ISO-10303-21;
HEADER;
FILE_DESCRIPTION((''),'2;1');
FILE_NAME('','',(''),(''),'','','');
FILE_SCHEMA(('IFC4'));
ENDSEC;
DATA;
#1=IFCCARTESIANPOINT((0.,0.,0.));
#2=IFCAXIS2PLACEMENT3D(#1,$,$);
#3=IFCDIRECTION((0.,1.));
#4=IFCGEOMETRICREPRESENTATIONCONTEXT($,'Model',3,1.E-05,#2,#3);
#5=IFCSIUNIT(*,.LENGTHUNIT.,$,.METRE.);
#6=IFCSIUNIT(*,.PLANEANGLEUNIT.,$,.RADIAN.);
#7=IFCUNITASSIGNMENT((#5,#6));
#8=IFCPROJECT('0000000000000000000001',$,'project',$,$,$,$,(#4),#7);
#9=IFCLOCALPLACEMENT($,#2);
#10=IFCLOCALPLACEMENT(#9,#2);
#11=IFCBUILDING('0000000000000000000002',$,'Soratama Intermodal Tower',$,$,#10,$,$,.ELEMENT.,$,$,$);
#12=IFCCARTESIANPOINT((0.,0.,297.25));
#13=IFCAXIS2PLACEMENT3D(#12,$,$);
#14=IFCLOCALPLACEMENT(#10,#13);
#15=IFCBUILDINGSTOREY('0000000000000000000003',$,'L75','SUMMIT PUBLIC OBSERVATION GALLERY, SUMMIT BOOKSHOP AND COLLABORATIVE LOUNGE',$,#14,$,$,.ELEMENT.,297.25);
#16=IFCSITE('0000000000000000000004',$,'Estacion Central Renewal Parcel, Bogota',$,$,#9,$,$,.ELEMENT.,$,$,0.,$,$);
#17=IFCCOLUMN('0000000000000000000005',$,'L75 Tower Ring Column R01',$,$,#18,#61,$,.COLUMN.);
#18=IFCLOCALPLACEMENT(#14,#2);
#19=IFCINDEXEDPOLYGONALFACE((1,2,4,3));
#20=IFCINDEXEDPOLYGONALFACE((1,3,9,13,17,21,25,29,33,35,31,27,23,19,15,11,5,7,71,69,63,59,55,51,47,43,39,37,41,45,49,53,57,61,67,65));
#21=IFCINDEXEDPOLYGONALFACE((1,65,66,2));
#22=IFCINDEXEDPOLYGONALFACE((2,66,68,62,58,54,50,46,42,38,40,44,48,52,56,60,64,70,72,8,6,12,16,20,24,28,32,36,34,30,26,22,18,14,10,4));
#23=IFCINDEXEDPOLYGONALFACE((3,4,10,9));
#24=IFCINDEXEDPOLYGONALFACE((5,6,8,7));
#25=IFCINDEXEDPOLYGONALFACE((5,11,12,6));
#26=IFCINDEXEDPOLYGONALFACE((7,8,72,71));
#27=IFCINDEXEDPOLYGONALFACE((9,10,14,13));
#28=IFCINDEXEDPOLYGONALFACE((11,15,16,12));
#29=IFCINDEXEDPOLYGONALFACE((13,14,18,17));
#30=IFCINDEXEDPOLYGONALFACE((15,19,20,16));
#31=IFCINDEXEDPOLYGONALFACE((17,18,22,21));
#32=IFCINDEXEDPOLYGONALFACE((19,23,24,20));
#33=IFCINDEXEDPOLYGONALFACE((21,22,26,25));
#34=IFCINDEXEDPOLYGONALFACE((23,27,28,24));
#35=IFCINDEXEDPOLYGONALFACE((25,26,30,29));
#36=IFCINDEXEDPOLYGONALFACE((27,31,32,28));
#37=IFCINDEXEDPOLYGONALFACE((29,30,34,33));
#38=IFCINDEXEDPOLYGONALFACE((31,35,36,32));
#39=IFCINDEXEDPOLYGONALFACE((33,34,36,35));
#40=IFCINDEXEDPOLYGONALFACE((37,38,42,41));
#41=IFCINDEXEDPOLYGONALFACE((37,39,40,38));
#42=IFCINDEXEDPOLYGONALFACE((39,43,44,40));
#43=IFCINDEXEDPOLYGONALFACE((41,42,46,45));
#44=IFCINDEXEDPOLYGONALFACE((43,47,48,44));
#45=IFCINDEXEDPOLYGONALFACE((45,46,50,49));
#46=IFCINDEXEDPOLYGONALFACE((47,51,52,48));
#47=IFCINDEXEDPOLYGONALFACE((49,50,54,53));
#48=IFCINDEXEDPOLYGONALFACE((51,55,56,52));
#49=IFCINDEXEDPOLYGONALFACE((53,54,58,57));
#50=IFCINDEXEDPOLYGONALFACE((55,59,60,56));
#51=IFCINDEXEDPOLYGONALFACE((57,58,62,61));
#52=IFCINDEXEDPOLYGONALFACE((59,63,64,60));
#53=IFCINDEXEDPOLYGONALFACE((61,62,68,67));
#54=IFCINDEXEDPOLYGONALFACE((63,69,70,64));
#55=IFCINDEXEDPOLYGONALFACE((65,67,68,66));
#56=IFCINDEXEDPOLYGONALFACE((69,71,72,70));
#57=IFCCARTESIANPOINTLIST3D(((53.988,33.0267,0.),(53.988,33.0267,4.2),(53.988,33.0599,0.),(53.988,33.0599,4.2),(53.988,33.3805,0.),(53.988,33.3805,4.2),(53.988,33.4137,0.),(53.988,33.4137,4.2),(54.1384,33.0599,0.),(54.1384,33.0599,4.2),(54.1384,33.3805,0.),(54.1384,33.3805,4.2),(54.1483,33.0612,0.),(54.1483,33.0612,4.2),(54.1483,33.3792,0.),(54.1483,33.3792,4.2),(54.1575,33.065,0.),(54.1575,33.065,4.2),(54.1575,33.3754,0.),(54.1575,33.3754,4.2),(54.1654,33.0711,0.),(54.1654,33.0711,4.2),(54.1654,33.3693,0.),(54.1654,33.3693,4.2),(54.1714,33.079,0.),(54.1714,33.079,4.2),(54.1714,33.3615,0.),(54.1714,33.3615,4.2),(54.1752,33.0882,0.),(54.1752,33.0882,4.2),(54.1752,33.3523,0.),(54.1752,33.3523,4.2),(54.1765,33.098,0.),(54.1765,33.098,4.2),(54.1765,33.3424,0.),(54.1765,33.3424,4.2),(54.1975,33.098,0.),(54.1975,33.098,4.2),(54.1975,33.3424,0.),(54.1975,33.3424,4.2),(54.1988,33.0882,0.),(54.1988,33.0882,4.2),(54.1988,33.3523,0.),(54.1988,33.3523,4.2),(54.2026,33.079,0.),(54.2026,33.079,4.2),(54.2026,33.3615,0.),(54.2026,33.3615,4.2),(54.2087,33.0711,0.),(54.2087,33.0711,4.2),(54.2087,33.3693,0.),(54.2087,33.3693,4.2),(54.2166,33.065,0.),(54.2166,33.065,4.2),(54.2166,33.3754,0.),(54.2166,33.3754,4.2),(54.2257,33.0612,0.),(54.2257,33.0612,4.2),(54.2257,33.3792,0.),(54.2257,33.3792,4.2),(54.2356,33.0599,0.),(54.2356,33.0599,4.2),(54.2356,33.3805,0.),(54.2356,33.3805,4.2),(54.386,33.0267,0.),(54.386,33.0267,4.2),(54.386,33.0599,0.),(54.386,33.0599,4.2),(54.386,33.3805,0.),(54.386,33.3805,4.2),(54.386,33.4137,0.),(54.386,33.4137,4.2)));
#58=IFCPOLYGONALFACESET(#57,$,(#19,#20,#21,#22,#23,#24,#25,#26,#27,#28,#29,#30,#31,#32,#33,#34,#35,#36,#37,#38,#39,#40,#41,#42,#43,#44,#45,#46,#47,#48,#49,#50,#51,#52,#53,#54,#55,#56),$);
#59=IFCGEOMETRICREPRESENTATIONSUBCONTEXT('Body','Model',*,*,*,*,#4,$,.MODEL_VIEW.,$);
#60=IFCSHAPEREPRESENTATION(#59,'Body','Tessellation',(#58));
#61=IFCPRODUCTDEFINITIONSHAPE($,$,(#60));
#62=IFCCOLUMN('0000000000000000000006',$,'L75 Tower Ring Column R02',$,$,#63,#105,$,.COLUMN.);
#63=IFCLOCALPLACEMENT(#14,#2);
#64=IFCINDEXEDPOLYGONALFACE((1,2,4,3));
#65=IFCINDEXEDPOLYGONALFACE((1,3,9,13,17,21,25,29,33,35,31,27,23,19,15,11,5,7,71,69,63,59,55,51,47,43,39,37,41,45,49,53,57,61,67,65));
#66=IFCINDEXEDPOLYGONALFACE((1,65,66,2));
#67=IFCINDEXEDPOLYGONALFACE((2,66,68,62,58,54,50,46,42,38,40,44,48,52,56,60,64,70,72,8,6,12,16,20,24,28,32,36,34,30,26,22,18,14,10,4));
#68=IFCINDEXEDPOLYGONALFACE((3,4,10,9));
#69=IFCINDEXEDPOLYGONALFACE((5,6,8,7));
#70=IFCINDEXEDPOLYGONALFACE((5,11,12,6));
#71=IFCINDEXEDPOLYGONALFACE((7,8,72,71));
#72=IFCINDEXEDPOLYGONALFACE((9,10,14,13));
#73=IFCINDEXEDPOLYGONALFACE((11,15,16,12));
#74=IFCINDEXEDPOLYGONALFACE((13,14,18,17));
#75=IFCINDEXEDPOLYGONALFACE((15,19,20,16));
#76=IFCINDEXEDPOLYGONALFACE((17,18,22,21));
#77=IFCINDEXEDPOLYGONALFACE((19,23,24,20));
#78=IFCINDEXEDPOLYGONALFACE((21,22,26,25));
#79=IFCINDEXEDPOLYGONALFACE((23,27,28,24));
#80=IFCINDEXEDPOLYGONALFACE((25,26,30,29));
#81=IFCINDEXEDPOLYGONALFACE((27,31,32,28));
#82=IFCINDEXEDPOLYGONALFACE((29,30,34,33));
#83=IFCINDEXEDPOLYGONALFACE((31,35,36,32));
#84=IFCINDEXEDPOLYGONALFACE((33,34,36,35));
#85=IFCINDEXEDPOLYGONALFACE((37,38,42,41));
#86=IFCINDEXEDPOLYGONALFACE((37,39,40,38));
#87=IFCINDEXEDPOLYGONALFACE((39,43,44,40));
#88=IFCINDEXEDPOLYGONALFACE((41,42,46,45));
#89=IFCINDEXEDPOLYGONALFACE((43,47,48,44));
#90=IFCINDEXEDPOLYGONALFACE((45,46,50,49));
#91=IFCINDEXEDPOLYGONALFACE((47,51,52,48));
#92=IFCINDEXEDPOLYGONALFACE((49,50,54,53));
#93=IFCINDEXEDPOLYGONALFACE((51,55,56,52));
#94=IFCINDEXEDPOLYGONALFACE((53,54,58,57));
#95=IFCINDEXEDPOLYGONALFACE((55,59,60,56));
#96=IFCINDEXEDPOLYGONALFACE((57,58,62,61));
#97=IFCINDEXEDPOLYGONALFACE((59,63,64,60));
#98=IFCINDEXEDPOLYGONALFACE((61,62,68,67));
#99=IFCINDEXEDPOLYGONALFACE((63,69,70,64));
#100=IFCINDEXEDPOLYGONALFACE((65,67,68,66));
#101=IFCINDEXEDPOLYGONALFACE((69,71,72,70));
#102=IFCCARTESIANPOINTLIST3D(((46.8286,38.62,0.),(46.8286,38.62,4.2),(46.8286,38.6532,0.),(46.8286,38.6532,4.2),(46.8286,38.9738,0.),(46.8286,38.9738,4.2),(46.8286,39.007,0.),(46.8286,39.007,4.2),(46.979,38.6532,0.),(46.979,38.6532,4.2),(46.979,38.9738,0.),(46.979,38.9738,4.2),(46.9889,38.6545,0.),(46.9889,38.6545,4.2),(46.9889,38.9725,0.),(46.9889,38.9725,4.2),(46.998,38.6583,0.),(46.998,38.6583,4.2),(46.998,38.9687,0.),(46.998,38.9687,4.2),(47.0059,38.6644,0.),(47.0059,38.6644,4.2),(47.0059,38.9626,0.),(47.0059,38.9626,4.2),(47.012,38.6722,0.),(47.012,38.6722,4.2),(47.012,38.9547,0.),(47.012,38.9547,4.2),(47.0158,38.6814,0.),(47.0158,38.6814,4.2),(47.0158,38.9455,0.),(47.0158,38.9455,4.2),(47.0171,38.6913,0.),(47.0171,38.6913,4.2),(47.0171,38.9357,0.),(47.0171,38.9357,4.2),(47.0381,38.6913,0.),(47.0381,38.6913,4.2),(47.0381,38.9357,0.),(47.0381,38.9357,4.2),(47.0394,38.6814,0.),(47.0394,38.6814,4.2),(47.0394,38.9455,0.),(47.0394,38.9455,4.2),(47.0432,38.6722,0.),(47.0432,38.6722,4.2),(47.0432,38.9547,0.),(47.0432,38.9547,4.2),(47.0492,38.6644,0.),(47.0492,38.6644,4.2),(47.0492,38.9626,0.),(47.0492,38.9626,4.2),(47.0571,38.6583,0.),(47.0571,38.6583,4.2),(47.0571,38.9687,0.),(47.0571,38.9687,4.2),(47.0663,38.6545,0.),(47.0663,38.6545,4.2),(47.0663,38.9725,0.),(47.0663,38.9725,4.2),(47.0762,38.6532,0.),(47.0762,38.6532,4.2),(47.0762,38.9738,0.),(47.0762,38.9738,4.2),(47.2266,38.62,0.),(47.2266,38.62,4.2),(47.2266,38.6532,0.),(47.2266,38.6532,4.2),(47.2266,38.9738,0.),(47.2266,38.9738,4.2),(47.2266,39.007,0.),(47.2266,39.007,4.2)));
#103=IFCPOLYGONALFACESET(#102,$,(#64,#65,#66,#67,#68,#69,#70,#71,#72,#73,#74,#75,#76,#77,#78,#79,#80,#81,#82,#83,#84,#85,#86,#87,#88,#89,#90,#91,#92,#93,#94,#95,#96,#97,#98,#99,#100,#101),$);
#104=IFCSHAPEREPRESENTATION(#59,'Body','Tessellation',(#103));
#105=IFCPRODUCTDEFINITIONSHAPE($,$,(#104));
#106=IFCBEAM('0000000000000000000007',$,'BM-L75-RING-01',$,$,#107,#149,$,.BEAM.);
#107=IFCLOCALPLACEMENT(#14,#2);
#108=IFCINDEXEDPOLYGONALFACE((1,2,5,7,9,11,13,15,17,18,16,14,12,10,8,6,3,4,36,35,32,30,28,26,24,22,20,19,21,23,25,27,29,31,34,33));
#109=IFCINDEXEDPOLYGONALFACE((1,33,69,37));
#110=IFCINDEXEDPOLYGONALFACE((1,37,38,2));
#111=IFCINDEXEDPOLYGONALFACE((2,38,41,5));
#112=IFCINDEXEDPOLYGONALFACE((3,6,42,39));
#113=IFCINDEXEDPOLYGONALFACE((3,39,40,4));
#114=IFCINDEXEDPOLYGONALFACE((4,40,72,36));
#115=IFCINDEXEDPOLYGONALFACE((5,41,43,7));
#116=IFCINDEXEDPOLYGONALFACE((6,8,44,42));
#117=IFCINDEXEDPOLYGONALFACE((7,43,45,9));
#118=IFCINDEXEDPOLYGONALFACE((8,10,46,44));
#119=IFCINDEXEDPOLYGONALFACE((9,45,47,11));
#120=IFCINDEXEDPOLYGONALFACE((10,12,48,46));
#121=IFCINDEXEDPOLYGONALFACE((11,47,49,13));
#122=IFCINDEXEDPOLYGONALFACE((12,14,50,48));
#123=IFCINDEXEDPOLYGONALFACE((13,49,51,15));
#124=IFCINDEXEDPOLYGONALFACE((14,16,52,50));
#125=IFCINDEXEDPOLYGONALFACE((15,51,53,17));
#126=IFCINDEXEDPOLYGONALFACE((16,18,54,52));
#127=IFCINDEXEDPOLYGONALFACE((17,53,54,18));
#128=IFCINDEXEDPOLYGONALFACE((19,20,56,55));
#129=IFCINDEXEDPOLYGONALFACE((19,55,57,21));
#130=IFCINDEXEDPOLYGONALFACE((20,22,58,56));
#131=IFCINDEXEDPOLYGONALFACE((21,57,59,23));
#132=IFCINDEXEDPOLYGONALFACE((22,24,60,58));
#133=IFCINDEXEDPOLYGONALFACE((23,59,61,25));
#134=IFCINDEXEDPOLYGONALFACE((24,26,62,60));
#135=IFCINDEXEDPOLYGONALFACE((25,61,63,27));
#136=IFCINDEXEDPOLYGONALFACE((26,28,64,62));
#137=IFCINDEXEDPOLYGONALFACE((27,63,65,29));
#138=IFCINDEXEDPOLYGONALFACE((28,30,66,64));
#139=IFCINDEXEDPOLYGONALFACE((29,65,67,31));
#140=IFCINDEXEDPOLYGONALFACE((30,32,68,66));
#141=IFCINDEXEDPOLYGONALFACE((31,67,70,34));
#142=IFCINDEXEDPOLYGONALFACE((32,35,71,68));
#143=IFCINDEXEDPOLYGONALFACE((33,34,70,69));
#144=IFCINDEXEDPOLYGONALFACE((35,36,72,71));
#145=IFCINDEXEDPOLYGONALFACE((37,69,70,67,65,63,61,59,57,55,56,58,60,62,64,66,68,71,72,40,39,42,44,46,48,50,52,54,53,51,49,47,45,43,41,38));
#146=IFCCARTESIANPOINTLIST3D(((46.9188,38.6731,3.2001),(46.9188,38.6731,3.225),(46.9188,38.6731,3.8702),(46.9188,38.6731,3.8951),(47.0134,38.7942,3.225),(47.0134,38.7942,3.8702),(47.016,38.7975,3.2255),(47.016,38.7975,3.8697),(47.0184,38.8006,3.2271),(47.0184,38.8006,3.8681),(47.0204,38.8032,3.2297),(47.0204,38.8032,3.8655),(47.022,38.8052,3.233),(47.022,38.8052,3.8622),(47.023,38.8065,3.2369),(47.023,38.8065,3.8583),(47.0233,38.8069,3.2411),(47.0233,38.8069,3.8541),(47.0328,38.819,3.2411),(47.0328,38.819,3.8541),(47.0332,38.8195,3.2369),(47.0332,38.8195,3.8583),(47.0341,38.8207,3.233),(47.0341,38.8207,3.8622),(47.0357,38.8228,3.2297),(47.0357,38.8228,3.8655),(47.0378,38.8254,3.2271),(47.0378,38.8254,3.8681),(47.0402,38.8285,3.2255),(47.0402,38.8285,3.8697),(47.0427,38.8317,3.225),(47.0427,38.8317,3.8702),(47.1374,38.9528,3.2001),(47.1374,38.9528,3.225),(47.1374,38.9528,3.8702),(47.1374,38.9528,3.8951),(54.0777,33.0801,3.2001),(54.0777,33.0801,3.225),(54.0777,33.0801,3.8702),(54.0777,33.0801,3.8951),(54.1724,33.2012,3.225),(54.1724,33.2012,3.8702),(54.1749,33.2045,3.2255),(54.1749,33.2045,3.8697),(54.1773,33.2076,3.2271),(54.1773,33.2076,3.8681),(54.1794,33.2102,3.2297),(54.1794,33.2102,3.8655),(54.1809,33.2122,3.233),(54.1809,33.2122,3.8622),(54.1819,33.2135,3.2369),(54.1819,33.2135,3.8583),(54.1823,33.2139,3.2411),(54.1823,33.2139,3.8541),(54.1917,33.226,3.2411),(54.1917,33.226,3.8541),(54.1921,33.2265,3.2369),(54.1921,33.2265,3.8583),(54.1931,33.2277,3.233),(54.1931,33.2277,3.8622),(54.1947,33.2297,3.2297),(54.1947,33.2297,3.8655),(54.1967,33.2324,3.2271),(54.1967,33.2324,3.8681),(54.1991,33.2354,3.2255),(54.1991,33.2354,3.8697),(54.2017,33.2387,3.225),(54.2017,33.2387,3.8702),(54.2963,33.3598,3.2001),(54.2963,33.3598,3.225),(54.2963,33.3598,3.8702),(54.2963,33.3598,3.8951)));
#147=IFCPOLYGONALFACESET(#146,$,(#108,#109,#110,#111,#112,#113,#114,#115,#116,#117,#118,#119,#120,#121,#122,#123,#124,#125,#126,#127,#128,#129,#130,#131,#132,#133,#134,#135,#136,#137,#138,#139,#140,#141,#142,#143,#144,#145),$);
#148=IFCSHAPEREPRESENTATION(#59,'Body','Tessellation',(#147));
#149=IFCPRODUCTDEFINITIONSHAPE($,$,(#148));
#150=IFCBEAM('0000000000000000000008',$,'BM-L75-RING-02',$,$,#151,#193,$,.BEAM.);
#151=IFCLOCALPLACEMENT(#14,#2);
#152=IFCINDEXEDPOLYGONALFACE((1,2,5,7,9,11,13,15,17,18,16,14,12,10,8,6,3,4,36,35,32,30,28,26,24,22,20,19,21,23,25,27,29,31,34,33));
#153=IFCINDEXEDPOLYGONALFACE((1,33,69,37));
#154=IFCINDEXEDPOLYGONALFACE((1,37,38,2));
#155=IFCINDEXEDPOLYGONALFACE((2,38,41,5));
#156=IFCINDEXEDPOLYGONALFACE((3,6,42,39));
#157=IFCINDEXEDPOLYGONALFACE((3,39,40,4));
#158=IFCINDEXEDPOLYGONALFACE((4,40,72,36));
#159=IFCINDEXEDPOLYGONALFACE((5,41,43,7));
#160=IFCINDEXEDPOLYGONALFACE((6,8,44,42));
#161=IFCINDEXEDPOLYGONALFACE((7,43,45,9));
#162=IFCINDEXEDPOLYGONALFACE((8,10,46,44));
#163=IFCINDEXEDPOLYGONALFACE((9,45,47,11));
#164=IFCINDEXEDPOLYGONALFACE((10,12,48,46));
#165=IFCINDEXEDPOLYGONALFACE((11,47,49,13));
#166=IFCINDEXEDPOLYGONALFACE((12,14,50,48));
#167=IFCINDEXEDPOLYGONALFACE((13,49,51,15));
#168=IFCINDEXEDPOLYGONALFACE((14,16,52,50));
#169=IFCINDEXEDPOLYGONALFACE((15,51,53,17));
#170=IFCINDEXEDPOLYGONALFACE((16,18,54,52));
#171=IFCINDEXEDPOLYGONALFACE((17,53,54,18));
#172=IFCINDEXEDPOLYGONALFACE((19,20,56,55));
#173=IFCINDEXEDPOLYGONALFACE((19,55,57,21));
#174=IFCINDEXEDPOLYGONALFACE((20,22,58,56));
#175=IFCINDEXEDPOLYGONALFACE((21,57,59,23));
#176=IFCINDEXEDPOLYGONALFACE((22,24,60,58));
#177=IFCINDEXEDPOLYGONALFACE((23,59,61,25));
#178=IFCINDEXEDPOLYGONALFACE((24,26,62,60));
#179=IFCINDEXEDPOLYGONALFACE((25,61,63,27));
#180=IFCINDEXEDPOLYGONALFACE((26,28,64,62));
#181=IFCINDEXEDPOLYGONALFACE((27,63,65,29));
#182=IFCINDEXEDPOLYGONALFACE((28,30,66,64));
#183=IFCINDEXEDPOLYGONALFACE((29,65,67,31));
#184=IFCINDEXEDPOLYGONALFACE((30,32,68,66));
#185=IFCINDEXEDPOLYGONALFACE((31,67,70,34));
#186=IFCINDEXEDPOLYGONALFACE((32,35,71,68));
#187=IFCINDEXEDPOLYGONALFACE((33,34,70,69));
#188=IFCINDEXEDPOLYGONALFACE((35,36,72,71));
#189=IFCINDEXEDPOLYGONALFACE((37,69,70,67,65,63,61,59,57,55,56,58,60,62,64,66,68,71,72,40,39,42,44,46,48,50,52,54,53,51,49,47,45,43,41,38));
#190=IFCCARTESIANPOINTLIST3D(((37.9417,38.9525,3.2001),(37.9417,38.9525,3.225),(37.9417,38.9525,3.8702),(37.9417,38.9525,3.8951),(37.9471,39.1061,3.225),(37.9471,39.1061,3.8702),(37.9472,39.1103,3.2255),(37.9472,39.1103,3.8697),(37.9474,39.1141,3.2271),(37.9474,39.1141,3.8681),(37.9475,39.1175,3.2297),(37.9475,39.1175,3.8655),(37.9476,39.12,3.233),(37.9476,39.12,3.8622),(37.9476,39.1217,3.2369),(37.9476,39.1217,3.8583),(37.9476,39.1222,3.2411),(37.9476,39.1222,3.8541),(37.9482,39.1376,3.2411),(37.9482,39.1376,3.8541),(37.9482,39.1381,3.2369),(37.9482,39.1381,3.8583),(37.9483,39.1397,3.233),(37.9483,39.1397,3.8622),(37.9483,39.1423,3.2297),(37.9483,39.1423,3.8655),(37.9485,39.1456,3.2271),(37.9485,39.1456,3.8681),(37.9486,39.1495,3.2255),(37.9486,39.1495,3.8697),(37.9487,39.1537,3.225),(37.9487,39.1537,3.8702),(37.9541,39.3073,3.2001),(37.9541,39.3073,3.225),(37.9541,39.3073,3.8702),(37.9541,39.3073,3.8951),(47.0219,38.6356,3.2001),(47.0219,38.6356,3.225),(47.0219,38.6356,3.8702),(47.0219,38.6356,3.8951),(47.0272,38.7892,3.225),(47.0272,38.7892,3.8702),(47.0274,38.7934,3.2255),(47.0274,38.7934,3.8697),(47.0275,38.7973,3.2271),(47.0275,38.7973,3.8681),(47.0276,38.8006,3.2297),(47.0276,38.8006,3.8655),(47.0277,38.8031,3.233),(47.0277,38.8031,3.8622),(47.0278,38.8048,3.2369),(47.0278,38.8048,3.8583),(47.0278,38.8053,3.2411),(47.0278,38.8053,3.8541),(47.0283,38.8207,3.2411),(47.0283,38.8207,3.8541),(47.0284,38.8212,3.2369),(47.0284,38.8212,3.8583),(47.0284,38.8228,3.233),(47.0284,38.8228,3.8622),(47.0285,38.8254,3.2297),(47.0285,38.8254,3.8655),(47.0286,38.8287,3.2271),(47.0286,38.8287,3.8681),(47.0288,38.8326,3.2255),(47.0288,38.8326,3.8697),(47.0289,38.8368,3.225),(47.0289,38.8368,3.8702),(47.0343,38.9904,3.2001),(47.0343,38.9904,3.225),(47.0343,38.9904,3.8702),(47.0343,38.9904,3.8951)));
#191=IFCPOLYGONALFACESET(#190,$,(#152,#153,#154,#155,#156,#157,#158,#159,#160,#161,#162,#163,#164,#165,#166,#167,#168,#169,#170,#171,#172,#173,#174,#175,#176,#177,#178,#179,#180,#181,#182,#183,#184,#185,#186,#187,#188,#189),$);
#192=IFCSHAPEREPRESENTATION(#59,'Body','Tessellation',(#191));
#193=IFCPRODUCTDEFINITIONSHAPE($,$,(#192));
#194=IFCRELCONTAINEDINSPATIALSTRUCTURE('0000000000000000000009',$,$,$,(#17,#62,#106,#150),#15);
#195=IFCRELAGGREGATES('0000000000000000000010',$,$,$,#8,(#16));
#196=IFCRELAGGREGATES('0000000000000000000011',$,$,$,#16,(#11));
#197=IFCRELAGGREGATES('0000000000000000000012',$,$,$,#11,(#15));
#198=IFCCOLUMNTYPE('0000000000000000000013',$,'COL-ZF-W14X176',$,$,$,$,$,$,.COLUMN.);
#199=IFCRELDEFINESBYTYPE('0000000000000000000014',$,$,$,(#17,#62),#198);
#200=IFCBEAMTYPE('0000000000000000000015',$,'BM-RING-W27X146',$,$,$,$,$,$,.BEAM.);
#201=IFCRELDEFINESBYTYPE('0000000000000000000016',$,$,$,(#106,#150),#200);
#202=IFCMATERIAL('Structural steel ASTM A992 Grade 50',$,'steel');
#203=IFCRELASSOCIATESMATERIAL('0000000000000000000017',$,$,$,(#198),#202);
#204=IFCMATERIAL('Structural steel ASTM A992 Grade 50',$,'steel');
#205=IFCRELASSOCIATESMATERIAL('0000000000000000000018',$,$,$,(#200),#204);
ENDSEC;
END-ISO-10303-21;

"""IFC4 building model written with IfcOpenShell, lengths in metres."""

from ifc_helpers import new_model, si_unit, direction, frame, origin, origin_2d, place, context, subcontext, project, spatial, i_section, extrude, material, material_profile, profile_set, type_object, element, save


model = new_model("IFC4")

# Units and contexts
model_context = context("Model", 3, precision=1e-05, world=origin(), true_north=direction((0.0, 1.0)))
body_context = subcontext(model_context, "Body", "Model", "MODEL_VIEW")
ifc_project = project(units=[si_unit("LENGTHUNIT", "METRE"), si_unit("PLANEANGLEUNIT", "RADIAN")], contexts=[model_context])

# Site, building, storey
site_placement = place(None, origin())
site = spatial("IfcSite", under=ifc_project, at=site_placement, Name="Estacion Central Renewal Parcel, Bogota", CompositionType="ELEMENT", RefElevation=0.0)
building_placement = place(site_placement, origin())
building = spatial("IfcBuilding", under=site, at=building_placement, Name="Soratama Intermodal Tower", CompositionType="ELEMENT")
storey_placement = place(building_placement, frame((0.0, 0.0, 297.25)))
storey = spatial("IfcBuildingStorey", under=building, at=storey_placement, Name="L75", Description="SUMMIT PUBLIC OBSERVATION GALLERY, SUMMIT BOOKSHOP AND COLLABORATIVE LOUNGE", CompositionType="ELEMENT", Elevation=297.25)

# Columns
ifc_material_1 = material(Name="Structural steel ASTM A992 Grade 50", Category="steel")
ifc_material_profile_1 = material_profile(ifc_material_1, i_section(OverallWidth=0.3979, OverallDepth=0.387, WebThickness=0.021, FlangeThickness=0.0332, FilletRadius=0.0381, at=origin_2d()), Name="W14X176")
ifc_profile_set_1 = profile_set([ifc_material_profile_1], Name="Structural steel ASTM A992 Grade 50")
column_type = type_object("IfcColumnType", Name="COL-ZF-W14X176", PredefinedType="COLUMN", material=ifc_profile_set_1)
for number, where, z_axis, x_axis, name in (
    (1, (54.187, 33.2202, 0.0), (0.0, 0.0, 1.0), (1.0, 0.0, 0.0), "L75 Tower Ring Column R01"),
    (2, (47.0276, 38.8135, 0.0), (0.0, 0.0, 1.0), (1.0, 0.0, 0.0), "L75 Tower Ring Column R02"),
):
    element("IfcColumn", number, at=place(storey_placement, frame(where, z_axis=z_axis, x_axis=x_axis)), inside=storey, type_object=column_type, Name=name, PredefinedType="COLUMN", context=body_context, shape_type="SweptSolid", body=[
        extrude(i_section(OverallWidth=0.3979, OverallDepth=0.387, WebThickness=0.021, FlangeThickness=0.0332, FilletRadius=0.0381, at=origin_2d()), origin(), (0.0, 0.0, 1.0), 4.2),
    ])

# Beams
ifc_material_2 = material(Name="Structural steel ASTM A992 Grade 50", Category="steel")
ifc_material_profile_2 = material_profile(ifc_material_2, i_section(OverallWidth=0.355, OverallDepth=0.6951, WebThickness=0.0154, FlangeThickness=0.0249, FilletRadius=0.0161, at=origin_2d()), Name="W27X146")
ifc_profile_set_2 = profile_set([ifc_material_profile_2], Name="Structural steel ASTM A992 Grade 50")
beam_type_1 = type_object("IfcBeamType", Name="BM-RING-W27X146", PredefinedType="BEAM", material=ifc_profile_set_2)
beam_1_placement = place(storey_placement, frame((54.187, 33.22, 3.5476), z_axis=(-0.788019, 0.615651, 0.0), x_axis=(-0.615651, -0.788019, 0.0)))
element("IfcBeam", 3, at=beam_1_placement, inside=storey, type_object=beam_type_1, Name="BM-L75-RING-01", PredefinedType="BEAM", context=body_context, shape_type="SweptSolid", body=[
    extrude(i_section(OverallWidth=0.355, OverallDepth=0.6951, WebThickness=0.0154, FlangeThickness=0.0249, FilletRadius=0.0161, at=origin_2d()), origin(), (0.0, 0.0, 1.0), 9.0847),
])
beam_2_placement = place(storey_placement, frame((47.0281, 38.813, 3.5476), z_axis=(-0.999392, 0.034879, 0.0), x_axis=(-0.034879, -0.999392, 0.0)))
element("IfcBeam", 4, at=beam_2_placement, inside=storey, type_object=beam_type_1, Name="BM-L75-RING-02", PredefinedType="BEAM", context=body_context, shape_type="SweptSolid", body=[
    extrude(i_section(OverallWidth=0.355, OverallDepth=0.6951, WebThickness=0.0154, FlangeThickness=0.0249, FilletRadius=0.0161, at=origin_2d()), origin(), (0.0, 0.0, 1.0), 9.0857),
])

save(model, "model.ifc")
